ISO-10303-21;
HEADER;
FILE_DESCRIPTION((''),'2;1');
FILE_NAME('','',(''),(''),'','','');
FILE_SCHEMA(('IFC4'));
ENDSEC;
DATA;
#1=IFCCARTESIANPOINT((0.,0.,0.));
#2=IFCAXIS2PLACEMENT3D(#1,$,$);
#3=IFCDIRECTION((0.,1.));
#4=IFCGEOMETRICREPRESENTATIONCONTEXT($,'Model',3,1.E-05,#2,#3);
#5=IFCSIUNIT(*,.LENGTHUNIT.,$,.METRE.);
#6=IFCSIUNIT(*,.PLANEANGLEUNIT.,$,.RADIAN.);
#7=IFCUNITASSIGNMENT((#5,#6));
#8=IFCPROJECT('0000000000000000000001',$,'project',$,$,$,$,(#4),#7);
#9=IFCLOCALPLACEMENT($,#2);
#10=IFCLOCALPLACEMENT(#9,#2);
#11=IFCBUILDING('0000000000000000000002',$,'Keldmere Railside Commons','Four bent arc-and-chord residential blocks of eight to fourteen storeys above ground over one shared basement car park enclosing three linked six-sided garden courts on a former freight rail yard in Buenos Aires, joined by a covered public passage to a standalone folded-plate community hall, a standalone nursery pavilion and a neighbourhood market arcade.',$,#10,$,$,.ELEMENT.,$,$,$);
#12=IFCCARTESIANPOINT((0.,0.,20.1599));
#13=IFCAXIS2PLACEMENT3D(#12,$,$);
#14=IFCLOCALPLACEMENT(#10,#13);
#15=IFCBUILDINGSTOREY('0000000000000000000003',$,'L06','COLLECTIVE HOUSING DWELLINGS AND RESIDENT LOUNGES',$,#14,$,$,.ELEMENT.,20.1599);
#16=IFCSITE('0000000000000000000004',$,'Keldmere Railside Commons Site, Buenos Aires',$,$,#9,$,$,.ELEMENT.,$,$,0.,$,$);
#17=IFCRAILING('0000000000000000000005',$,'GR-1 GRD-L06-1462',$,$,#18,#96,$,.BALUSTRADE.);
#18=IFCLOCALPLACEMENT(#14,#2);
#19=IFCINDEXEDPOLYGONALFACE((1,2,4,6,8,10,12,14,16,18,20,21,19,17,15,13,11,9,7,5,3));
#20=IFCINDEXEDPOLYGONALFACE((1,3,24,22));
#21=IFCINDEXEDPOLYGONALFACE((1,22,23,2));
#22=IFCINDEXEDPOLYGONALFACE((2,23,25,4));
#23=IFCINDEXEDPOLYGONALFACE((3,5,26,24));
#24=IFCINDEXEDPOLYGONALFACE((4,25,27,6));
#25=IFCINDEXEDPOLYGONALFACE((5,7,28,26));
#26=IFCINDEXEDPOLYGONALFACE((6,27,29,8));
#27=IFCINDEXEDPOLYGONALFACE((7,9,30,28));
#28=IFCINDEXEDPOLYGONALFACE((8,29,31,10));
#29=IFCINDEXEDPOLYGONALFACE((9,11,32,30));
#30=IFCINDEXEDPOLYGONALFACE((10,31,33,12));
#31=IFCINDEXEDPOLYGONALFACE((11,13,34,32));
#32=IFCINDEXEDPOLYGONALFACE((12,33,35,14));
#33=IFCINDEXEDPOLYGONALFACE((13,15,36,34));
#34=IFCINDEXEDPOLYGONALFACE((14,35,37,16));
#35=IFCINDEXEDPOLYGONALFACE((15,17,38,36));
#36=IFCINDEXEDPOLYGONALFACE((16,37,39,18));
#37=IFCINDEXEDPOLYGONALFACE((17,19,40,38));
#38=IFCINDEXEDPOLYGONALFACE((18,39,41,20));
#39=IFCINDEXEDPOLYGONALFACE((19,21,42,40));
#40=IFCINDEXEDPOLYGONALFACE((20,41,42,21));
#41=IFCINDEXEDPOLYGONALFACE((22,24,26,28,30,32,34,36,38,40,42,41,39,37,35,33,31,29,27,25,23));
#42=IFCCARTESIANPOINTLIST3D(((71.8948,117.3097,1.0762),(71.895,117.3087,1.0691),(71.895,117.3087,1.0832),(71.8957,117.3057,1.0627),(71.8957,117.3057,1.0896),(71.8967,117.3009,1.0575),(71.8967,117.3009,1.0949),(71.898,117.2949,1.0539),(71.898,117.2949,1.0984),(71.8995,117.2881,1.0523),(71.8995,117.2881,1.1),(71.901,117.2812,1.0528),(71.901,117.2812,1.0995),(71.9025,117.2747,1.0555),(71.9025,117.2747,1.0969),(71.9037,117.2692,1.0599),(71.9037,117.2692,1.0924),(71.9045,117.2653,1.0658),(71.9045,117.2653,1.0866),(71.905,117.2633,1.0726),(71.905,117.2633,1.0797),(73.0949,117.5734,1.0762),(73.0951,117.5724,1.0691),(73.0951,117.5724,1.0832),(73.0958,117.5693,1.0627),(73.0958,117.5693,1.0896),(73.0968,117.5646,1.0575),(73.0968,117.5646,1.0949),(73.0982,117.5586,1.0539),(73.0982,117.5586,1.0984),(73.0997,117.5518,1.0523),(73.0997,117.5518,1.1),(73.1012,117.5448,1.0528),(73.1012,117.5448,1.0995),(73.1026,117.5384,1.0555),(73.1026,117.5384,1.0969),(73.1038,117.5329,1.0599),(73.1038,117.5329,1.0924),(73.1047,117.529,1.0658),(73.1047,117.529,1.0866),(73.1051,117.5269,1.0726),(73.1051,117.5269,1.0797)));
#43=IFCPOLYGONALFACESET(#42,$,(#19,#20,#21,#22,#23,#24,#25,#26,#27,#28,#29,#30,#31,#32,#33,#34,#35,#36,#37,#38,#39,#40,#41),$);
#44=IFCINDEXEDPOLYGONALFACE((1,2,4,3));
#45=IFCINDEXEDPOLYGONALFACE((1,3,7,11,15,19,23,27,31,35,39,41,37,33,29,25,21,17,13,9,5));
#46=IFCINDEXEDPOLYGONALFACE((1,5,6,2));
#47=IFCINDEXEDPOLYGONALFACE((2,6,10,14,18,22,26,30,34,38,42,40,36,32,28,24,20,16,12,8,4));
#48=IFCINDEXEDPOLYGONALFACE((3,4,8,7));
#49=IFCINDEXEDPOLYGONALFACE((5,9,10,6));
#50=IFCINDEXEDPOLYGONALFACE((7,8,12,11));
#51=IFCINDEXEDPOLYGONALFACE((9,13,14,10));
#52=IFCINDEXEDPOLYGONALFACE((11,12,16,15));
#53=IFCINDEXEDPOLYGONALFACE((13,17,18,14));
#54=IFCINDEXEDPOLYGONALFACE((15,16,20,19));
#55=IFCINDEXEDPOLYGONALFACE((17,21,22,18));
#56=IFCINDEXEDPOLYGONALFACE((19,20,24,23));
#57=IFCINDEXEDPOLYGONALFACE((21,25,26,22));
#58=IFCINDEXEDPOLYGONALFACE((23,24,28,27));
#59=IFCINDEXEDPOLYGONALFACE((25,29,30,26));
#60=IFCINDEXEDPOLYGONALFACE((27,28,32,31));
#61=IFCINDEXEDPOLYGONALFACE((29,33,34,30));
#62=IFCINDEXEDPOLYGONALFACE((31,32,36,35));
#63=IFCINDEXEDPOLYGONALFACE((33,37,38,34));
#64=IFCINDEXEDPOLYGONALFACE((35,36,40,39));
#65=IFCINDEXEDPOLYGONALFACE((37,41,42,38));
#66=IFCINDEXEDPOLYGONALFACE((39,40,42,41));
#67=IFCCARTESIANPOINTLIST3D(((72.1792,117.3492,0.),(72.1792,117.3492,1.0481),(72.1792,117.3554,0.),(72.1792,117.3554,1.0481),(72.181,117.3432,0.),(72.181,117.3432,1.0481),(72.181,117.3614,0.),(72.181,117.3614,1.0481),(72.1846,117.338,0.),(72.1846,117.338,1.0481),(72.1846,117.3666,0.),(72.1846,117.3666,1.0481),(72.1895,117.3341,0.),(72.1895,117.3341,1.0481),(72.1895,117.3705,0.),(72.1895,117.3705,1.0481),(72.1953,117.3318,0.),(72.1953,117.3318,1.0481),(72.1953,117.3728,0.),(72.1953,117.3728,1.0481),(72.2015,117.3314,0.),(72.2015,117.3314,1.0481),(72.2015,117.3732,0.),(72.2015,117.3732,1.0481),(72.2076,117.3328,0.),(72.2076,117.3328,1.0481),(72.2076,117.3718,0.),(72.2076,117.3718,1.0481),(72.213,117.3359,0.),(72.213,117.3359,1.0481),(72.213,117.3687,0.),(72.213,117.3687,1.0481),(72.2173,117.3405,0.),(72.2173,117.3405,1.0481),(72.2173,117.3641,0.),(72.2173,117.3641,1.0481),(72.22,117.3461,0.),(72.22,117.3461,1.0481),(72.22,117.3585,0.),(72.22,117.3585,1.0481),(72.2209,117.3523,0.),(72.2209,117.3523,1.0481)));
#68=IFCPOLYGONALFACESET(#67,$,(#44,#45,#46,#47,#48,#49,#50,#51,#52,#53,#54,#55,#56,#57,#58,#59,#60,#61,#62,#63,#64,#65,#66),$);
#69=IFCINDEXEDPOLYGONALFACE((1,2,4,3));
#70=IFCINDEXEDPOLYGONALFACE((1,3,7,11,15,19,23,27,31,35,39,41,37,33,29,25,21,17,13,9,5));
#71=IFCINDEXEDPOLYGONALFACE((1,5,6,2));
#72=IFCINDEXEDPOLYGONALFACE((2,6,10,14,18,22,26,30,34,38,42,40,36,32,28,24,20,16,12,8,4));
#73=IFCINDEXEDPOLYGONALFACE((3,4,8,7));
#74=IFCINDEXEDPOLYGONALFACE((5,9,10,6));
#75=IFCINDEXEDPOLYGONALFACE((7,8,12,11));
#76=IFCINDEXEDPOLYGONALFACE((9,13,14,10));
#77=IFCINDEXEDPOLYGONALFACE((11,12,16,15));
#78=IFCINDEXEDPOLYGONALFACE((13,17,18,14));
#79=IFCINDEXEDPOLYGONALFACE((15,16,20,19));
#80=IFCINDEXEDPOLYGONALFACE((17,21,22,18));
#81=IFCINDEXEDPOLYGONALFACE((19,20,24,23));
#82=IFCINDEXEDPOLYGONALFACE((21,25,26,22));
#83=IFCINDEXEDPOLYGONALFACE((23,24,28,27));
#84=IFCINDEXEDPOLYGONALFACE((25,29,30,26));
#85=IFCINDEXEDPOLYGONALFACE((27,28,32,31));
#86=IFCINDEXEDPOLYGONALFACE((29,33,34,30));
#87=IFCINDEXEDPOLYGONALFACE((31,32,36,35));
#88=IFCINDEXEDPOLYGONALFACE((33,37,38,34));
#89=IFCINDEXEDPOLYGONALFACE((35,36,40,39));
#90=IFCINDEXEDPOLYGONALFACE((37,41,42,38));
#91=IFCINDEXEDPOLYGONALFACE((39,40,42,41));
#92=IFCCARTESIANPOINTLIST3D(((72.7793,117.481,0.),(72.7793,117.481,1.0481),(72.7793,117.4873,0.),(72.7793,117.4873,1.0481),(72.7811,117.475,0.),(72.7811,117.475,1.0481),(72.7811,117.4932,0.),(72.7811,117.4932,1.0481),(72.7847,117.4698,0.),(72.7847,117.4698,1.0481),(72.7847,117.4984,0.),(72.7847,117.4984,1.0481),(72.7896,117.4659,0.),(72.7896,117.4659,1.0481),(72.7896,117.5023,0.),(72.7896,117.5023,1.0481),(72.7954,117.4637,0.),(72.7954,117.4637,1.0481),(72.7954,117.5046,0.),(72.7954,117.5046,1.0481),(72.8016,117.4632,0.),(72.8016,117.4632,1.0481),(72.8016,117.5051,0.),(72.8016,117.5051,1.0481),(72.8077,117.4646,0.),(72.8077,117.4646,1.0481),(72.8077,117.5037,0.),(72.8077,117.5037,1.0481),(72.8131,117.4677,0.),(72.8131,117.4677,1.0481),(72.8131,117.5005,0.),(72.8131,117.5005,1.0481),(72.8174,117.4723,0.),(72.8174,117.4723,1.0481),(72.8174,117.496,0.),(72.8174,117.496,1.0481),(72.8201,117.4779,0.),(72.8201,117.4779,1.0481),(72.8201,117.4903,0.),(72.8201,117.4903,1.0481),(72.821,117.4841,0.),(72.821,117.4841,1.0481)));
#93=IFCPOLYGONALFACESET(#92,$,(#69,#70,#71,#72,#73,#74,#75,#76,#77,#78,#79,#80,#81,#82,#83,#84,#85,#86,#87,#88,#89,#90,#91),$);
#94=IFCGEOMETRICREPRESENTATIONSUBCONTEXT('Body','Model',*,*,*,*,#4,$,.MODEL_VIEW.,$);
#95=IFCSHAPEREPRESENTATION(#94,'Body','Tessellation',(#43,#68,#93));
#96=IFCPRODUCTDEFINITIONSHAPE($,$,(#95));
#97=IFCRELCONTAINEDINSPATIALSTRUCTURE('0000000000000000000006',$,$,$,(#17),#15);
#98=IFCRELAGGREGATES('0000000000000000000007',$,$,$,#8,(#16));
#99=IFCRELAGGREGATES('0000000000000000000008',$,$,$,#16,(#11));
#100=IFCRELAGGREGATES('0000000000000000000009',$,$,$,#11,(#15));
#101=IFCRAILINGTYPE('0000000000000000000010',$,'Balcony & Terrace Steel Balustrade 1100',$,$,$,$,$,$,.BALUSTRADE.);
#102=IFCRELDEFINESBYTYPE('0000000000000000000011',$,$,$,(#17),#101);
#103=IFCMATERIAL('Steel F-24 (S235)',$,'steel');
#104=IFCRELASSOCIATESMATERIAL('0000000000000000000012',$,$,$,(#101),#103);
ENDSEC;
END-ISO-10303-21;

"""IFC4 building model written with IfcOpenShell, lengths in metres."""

from ifc_helpers import new_model, si_unit, direction, frame, origin, origin_2d, place, context, subcontext, project, spatial, circle, extrude, material, type_object, element, save


model = new_model("IFC4")

# Units and contexts
model_context = context("Model", 3, precision=1e-05, world=origin(), true_north=direction((0.0, 1.0)))
body_context = subcontext(model_context, "Body", "Model", "MODEL_VIEW")
ifc_project = project(units=[si_unit("LENGTHUNIT", "METRE"), si_unit("PLANEANGLEUNIT", "RADIAN")], contexts=[model_context])

# Site, building, storey
site_placement = place(None, origin())
site = spatial("IfcSite", under=ifc_project, at=site_placement, Name="Keldmere Railside Commons Site, Buenos Aires", CompositionType="ELEMENT", RefElevation=0.0)
building_placement = place(site_placement, origin())
building = spatial("IfcBuilding", under=site, at=building_placement, Name="Keldmere Railside Commons", Description="Four bent arc-and-chord residential blocks of eight to fourteen storeys above ground over one shared basement car park enclosing three linked six-sided garden courts on a former freight rail yard in Buenos Aires, joined by a covered public passage to a standalone folded-plate community hall, a standalone nursery pavilion and a neighbourhood market arcade.", CompositionType="ELEMENT")
storey_placement = place(building_placement, frame((0.0, 0.0, 20.1599)))
storey = spatial("IfcBuildingStorey", under=building, at=storey_placement, Name="L06", Description="COLLECTIVE HOUSING DWELLINGS AND RESIDENT LOUNGES", CompositionType="ELEMENT", Elevation=20.1599)

# Railing
ifc_material_1 = material(Name="Steel F-24 (S235)", Category="steel")
railing_type = type_object("IfcRailingType", Name="Balcony & Terrace Steel Balustrade 1100", PredefinedType="BALUSTRADE", material=ifc_material_1)
railing_1_placement = place(storey_placement, frame((71.8999, 117.2864, 0.0)))
element("IfcRailing", 1, at=railing_1_placement, inside=storey, type_object=railing_type, Name="GR-1 GRD-L06-1462", PredefinedType="BALUSTRADE", context=body_context, shape_type="SweptSolid", body=[
    extrude(circle(Radius=0.0239, at=origin_2d()), frame((0.0, 0.0, 1.0762), z_axis=(0.976708, 0.214574, 0.0), x_axis=(-0.214574, 0.976708, 0.0)), (0.0, 0.0, 1.0), 1.2288),
    extrude(circle(Radius=0.021, at=origin_2d()), frame((0.3, 0.0659, 0.0)), (0.0, 0.0, 1.0), 1.0481),
    extrude(circle(Radius=0.021, at=origin_2d()), frame((0.9001, 0.1978, 0.0)), (0.0, 0.0, 1.0), 1.0481),
])

save(model, "model.ifc")
